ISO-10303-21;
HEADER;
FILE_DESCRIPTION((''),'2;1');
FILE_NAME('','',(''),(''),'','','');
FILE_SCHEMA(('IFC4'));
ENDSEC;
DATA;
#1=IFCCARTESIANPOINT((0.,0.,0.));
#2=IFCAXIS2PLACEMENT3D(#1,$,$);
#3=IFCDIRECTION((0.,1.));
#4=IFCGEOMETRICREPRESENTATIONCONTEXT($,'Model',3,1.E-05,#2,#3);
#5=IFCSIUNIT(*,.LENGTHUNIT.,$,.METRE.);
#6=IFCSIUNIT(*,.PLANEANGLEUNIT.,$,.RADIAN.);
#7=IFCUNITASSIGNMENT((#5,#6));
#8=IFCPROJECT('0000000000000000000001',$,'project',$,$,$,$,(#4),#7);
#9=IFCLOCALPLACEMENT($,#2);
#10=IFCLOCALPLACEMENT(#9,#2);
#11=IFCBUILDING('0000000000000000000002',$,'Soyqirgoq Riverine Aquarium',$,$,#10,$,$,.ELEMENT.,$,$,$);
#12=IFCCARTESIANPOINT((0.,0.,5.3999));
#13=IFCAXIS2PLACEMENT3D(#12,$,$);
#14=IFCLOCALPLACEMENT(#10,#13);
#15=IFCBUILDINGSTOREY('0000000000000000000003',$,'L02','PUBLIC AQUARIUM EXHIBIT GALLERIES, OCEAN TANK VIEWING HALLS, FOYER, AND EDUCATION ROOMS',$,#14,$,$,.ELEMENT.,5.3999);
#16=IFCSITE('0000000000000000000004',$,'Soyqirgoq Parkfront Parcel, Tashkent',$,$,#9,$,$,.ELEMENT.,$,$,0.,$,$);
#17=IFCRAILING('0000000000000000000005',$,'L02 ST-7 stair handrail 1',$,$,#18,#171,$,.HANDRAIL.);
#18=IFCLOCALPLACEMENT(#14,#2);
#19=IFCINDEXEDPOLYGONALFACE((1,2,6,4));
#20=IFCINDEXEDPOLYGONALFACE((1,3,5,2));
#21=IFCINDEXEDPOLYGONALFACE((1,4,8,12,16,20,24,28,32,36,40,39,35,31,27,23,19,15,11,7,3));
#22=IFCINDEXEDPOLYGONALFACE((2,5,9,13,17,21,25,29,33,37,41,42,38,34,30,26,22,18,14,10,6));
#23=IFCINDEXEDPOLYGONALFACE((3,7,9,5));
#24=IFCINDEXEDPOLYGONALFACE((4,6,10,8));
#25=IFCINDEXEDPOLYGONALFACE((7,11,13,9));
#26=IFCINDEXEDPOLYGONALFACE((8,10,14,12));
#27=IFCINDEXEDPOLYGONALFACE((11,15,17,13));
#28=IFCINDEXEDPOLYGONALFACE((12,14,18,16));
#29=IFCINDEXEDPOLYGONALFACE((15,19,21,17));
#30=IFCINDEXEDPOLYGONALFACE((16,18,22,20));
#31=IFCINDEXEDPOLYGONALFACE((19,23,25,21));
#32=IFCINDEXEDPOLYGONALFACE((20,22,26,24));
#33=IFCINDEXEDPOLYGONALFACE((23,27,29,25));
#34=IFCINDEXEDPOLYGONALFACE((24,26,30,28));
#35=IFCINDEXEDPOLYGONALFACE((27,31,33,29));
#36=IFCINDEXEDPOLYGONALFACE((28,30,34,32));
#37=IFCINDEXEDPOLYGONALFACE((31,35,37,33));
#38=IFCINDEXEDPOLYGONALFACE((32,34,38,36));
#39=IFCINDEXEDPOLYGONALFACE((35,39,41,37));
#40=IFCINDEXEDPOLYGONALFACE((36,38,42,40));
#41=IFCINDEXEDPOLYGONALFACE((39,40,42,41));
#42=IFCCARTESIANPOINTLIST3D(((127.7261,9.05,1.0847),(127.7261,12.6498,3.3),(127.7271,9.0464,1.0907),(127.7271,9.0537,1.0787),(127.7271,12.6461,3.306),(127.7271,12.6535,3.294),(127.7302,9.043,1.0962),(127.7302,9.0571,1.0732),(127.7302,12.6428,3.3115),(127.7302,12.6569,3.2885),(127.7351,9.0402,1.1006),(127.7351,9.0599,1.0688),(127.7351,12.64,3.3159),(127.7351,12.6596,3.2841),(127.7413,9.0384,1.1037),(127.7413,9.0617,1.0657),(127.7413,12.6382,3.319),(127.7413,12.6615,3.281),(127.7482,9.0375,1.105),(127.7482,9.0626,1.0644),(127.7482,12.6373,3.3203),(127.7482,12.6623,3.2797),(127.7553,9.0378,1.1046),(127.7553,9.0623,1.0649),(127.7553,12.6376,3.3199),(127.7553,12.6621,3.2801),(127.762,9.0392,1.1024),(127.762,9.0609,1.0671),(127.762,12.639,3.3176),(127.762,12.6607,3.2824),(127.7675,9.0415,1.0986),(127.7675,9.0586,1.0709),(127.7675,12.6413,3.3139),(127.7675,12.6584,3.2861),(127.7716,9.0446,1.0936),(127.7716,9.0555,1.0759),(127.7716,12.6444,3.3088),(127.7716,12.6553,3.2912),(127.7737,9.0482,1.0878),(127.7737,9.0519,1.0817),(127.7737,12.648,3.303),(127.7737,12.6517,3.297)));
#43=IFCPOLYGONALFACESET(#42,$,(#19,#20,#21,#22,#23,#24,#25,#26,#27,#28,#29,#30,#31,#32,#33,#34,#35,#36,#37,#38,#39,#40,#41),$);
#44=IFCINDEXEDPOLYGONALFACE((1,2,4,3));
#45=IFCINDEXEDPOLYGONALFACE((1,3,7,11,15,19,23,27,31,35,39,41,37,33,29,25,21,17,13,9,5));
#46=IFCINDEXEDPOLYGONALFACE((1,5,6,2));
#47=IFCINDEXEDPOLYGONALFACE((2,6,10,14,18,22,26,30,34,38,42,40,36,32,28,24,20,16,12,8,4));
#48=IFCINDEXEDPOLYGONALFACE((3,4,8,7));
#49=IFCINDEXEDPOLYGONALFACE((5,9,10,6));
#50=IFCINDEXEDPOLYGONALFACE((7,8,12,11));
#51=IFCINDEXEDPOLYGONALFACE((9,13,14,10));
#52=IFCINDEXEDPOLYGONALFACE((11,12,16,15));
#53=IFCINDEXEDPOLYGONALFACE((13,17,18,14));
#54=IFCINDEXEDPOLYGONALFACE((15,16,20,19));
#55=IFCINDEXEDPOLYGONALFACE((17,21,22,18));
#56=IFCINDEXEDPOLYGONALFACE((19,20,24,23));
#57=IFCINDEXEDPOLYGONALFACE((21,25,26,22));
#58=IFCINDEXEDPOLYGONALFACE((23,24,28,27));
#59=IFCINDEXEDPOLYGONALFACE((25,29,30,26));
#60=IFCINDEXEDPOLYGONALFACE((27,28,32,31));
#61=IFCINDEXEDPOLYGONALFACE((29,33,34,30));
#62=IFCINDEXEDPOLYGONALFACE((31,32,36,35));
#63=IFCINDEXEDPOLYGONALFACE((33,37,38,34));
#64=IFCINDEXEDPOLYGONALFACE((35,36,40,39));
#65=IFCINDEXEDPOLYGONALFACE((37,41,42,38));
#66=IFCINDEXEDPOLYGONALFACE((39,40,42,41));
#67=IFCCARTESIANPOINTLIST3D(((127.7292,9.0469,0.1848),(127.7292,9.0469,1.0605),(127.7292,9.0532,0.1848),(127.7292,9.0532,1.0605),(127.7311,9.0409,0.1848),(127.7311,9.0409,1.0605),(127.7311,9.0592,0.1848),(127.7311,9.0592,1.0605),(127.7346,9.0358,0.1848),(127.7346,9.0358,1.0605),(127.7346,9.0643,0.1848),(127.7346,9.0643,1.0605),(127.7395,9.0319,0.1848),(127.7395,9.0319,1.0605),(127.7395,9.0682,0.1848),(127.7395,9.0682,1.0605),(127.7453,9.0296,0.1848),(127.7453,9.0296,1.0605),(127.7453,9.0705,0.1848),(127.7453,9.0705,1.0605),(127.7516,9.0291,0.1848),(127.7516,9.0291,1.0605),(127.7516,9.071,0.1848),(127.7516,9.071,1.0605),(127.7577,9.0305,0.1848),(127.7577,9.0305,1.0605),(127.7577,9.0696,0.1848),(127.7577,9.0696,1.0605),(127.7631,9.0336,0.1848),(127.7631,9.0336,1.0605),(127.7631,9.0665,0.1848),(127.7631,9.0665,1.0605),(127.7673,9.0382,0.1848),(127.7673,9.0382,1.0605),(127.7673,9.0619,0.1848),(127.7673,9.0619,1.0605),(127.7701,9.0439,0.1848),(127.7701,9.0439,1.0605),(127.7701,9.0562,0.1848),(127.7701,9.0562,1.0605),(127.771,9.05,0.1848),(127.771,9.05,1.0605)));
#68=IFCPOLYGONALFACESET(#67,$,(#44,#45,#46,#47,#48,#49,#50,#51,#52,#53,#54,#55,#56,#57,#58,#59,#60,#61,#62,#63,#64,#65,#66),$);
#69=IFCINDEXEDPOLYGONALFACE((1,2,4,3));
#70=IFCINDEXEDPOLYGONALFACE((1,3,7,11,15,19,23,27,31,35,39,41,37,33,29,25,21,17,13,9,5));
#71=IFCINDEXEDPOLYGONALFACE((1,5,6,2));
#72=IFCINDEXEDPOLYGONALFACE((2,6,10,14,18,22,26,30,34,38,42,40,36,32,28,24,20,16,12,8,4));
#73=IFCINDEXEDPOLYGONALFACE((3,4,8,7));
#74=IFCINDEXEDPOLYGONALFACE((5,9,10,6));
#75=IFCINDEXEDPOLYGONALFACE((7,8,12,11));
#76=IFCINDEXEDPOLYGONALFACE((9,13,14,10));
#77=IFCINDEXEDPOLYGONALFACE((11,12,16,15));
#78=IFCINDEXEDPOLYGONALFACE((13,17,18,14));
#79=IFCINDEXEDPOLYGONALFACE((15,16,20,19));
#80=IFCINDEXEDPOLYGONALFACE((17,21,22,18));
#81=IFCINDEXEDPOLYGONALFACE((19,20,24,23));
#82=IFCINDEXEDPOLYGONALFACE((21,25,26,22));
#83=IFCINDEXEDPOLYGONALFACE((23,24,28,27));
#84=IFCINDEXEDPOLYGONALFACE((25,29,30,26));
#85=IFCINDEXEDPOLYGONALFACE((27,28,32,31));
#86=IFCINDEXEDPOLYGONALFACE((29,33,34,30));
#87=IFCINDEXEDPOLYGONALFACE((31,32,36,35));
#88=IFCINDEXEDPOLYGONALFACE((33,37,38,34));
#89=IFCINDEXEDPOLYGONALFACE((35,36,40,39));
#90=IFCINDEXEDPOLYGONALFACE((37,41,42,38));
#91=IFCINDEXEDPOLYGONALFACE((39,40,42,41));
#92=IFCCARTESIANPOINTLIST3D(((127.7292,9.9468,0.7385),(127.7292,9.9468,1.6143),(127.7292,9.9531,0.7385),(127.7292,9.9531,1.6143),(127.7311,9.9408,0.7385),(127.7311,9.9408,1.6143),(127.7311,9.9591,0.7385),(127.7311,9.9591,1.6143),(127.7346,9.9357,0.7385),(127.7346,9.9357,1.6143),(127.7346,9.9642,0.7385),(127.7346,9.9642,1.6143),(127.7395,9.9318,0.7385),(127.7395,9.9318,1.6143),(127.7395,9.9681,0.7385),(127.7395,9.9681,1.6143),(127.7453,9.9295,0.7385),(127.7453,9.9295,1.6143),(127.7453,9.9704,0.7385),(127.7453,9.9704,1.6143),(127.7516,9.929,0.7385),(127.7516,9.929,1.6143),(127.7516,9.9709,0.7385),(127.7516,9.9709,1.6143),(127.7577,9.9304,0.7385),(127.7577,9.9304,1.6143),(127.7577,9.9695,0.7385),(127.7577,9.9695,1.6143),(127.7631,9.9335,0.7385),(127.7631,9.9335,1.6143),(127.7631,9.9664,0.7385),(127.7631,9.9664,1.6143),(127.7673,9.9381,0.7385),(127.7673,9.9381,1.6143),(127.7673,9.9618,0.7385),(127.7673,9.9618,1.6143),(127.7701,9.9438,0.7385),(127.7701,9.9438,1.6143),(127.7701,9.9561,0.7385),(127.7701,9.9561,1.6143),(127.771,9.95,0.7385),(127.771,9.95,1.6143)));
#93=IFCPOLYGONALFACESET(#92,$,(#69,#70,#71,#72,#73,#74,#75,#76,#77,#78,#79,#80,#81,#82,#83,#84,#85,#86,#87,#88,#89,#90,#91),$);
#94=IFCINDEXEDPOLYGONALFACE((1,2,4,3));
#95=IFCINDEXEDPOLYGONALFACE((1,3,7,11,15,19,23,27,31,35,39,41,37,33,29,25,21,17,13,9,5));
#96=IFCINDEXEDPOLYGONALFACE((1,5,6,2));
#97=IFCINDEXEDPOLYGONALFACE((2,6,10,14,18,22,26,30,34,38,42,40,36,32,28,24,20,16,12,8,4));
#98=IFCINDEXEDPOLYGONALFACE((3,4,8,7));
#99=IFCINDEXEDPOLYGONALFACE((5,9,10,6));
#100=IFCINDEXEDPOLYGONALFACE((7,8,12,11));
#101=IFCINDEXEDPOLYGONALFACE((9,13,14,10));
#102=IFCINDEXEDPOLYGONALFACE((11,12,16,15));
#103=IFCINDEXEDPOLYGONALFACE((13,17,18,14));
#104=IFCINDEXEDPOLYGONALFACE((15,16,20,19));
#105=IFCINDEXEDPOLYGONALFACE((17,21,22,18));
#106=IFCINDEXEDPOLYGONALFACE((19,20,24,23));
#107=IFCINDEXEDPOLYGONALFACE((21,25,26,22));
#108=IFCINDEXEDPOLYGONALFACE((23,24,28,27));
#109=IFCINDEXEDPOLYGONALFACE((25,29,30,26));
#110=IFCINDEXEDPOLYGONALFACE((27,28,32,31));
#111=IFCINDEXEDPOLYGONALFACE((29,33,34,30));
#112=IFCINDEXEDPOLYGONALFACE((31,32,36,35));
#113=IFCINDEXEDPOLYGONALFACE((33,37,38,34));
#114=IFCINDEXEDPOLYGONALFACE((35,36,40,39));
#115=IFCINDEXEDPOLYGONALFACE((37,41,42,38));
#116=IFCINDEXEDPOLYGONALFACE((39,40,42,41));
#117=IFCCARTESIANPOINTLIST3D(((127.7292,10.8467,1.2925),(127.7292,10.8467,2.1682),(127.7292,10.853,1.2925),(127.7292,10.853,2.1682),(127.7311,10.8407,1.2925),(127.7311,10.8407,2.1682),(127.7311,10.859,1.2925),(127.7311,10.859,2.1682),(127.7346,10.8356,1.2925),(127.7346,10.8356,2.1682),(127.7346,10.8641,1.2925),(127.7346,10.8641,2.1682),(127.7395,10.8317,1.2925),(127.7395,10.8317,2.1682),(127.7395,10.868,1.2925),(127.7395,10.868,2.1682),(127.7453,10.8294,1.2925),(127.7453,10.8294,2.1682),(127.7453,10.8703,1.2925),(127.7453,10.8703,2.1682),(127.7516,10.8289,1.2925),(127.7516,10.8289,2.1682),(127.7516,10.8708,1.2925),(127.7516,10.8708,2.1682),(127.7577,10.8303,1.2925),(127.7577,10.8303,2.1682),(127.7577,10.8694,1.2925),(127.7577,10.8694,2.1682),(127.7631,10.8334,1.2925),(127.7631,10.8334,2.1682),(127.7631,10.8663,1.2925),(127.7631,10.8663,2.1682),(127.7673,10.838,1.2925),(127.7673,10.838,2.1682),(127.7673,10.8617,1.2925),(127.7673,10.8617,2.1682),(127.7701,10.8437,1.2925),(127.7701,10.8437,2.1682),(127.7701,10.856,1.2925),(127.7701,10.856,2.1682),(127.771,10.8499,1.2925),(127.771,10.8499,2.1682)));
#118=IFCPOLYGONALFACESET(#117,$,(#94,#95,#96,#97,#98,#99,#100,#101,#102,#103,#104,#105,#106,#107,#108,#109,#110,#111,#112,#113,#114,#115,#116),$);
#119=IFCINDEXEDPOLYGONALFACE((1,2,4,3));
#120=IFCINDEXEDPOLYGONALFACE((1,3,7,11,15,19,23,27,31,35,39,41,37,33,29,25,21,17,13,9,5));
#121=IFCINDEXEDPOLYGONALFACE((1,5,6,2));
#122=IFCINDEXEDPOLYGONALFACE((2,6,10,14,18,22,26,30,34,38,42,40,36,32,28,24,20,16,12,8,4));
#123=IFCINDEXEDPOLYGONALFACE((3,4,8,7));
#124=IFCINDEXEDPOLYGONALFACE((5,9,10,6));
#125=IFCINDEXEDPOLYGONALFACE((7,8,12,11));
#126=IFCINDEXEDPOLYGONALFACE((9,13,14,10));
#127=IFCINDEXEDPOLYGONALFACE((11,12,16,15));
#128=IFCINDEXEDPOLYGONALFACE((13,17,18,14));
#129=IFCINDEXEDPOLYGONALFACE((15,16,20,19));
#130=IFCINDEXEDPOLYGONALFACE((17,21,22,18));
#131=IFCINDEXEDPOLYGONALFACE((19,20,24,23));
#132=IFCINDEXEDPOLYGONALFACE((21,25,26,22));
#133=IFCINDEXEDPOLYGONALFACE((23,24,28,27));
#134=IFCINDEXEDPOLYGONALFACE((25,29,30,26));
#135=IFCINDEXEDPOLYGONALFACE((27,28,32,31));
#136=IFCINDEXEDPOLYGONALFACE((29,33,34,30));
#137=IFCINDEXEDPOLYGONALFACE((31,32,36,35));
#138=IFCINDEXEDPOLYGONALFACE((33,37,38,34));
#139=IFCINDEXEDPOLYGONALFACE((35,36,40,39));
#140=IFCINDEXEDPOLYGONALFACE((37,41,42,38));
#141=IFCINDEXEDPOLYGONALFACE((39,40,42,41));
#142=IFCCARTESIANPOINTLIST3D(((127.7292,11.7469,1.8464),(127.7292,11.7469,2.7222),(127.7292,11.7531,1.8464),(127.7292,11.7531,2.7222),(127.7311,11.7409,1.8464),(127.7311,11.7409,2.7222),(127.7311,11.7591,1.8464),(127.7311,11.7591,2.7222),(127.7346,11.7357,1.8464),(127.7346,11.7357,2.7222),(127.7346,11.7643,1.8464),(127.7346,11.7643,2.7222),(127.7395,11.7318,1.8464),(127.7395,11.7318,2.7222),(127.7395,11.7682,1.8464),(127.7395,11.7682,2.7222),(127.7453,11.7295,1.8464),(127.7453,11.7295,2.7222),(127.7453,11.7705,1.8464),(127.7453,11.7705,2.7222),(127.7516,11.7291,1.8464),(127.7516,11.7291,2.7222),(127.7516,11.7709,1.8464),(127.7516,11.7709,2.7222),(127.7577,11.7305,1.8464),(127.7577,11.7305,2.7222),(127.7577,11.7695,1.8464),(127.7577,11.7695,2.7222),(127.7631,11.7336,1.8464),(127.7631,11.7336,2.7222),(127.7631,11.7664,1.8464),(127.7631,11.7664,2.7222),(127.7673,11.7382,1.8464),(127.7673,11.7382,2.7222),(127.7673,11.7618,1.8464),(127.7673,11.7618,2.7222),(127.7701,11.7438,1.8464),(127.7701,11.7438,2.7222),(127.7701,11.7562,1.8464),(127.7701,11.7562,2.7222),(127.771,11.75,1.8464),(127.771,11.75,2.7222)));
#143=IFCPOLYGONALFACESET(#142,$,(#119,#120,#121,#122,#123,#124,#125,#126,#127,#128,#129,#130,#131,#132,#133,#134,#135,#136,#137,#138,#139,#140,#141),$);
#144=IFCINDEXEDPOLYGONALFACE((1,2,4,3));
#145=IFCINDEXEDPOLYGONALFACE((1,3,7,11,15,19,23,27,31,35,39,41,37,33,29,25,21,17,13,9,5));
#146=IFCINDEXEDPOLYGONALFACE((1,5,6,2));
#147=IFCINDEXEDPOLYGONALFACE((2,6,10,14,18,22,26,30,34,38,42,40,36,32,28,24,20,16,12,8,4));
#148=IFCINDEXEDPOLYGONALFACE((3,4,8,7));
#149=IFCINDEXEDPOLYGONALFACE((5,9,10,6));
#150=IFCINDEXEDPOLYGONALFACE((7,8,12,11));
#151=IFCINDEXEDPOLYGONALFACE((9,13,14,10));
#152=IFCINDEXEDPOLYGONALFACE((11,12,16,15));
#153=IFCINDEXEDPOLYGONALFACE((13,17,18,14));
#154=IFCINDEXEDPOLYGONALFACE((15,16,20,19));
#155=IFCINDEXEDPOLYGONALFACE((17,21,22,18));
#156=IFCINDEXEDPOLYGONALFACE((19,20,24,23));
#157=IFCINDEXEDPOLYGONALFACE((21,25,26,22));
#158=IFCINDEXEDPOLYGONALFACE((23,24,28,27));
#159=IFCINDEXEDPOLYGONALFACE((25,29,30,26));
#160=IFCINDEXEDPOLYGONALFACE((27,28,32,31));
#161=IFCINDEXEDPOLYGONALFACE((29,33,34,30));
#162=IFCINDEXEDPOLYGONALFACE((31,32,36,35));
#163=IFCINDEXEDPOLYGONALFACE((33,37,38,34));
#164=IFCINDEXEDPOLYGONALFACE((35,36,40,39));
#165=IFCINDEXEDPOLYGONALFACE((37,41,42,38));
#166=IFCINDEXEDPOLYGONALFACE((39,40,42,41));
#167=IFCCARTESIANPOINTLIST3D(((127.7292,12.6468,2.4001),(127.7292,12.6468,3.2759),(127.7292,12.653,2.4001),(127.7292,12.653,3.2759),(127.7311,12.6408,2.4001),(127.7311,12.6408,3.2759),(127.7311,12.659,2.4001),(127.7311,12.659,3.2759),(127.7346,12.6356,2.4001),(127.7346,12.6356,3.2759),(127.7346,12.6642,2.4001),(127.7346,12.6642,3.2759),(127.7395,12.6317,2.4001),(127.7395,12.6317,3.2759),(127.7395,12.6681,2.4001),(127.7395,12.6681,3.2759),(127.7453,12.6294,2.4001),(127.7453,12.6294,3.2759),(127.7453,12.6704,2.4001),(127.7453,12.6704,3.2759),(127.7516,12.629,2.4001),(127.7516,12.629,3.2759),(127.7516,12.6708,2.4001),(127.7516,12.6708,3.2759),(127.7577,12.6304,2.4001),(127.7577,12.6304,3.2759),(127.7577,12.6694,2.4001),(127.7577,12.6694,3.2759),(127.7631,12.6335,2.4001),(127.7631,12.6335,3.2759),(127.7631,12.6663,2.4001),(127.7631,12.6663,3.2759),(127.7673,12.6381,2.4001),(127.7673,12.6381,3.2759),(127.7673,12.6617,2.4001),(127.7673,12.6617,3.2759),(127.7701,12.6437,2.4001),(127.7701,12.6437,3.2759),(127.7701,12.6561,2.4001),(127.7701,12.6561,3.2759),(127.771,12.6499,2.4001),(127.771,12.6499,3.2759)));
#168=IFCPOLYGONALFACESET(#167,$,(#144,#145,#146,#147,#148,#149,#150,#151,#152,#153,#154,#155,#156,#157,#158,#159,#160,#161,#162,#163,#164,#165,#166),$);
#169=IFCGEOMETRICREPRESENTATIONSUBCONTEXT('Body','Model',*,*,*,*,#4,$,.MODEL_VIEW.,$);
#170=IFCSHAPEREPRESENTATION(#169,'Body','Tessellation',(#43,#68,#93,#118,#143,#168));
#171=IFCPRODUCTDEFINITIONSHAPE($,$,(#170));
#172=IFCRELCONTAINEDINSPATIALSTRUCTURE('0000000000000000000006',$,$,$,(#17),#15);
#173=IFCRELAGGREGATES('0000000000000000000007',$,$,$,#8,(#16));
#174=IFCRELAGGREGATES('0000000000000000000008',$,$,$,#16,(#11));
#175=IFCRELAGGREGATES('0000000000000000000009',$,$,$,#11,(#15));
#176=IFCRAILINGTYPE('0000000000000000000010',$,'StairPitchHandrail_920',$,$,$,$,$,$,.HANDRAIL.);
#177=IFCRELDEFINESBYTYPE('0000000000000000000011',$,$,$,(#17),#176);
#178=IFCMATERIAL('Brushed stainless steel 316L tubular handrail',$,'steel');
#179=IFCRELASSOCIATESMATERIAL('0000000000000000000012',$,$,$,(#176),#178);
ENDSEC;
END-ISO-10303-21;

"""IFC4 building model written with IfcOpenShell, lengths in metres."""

from ifc_helpers import new_model, si_unit, direction, frame, origin, origin_2d, place, context, subcontext, project, spatial, circle, extrude, material, type_object, element, save


model = new_model("IFC4")

# Units and contexts
model_context = context("Model", 3, precision=1e-05, world=origin(), true_north=direction((0.0, 1.0)))
body_context = subcontext(model_context, "Body", "Model", "MODEL_VIEW")
ifc_project = project(units=[si_unit("LENGTHUNIT", "METRE"), si_unit("PLANEANGLEUNIT", "RADIAN")], contexts=[model_context])

# Site, building, storey
site_placement = place(None, origin())
site = spatial("IfcSite", under=ifc_project, at=site_placement, Name="Soyqirgoq Parkfront Parcel, Tashkent", CompositionType="ELEMENT", RefElevation=0.0)
building_placement = place(site_placement, origin())
building = spatial("IfcBuilding", under=site, at=building_placement, Name="Soyqirgoq Riverine Aquarium", CompositionType="ELEMENT")
storey_placement = place(building_placement, frame((0.0, 0.0, 5.3999)))
storey = spatial("IfcBuildingStorey", under=building, at=storey_placement, Name="L02", Description="PUBLIC AQUARIUM EXHIBIT GALLERIES, OCEAN TANK VIEWING HALLS, FOYER, AND EDUCATION ROOMS", CompositionType="ELEMENT", Elevation=5.3999)

# Railing
ifc_material_1 = material(Name="Brushed stainless steel 316L tubular handrail", Category="steel")
railing_type_1 = type_object("IfcRailingType", Name="StairPitchHandrail_920", PredefinedType="HANDRAIL", material=ifc_material_1)
railing_1_placement = place(storey_placement, frame((127.75, 9.05, 0.1848)))
element("IfcRailing", 1, at=railing_1_placement, inside=storey, type_object=railing_type_1, Name="L02 ST-7 stair handrail 1", PredefinedType="HANDRAIL", context=body_context, shape_type="SweptSolid", body=[
    extrude(circle(Radius=0.0239, at=origin_2d()), frame((0.0, 0.0, 0.8999), z_axis=(0.0, 0.851654, 0.524104), x_axis=(-1.0, 0.0, 0.0)), (0.0, 0.0, 1.0), 4.2268),
    extrude(circle(Radius=0.021, at=origin_2d()), origin(), (0.0, 0.0, 1.0), 0.8757),
    extrude(circle(Radius=0.021, at=origin_2d()), frame((0.0, 0.8999, 0.5537)), (0.0, 0.0, 1.0), 0.8757),
    extrude(circle(Radius=0.021, at=origin_2d()), frame((0.0, 1.7998, 1.1077)), (0.0, 0.0, 1.0), 0.8757),
    extrude(circle(Radius=0.021, at=origin_2d()), frame((0.0, 2.7, 1.6616)), (0.0, 0.0, 1.0), 0.8757),
    extrude(circle(Radius=0.021, at=origin_2d()), frame((0.0, 3.5999, 2.2153)), (0.0, 0.0, 1.0), 0.8757),
])

save(model, "model.ifc")
